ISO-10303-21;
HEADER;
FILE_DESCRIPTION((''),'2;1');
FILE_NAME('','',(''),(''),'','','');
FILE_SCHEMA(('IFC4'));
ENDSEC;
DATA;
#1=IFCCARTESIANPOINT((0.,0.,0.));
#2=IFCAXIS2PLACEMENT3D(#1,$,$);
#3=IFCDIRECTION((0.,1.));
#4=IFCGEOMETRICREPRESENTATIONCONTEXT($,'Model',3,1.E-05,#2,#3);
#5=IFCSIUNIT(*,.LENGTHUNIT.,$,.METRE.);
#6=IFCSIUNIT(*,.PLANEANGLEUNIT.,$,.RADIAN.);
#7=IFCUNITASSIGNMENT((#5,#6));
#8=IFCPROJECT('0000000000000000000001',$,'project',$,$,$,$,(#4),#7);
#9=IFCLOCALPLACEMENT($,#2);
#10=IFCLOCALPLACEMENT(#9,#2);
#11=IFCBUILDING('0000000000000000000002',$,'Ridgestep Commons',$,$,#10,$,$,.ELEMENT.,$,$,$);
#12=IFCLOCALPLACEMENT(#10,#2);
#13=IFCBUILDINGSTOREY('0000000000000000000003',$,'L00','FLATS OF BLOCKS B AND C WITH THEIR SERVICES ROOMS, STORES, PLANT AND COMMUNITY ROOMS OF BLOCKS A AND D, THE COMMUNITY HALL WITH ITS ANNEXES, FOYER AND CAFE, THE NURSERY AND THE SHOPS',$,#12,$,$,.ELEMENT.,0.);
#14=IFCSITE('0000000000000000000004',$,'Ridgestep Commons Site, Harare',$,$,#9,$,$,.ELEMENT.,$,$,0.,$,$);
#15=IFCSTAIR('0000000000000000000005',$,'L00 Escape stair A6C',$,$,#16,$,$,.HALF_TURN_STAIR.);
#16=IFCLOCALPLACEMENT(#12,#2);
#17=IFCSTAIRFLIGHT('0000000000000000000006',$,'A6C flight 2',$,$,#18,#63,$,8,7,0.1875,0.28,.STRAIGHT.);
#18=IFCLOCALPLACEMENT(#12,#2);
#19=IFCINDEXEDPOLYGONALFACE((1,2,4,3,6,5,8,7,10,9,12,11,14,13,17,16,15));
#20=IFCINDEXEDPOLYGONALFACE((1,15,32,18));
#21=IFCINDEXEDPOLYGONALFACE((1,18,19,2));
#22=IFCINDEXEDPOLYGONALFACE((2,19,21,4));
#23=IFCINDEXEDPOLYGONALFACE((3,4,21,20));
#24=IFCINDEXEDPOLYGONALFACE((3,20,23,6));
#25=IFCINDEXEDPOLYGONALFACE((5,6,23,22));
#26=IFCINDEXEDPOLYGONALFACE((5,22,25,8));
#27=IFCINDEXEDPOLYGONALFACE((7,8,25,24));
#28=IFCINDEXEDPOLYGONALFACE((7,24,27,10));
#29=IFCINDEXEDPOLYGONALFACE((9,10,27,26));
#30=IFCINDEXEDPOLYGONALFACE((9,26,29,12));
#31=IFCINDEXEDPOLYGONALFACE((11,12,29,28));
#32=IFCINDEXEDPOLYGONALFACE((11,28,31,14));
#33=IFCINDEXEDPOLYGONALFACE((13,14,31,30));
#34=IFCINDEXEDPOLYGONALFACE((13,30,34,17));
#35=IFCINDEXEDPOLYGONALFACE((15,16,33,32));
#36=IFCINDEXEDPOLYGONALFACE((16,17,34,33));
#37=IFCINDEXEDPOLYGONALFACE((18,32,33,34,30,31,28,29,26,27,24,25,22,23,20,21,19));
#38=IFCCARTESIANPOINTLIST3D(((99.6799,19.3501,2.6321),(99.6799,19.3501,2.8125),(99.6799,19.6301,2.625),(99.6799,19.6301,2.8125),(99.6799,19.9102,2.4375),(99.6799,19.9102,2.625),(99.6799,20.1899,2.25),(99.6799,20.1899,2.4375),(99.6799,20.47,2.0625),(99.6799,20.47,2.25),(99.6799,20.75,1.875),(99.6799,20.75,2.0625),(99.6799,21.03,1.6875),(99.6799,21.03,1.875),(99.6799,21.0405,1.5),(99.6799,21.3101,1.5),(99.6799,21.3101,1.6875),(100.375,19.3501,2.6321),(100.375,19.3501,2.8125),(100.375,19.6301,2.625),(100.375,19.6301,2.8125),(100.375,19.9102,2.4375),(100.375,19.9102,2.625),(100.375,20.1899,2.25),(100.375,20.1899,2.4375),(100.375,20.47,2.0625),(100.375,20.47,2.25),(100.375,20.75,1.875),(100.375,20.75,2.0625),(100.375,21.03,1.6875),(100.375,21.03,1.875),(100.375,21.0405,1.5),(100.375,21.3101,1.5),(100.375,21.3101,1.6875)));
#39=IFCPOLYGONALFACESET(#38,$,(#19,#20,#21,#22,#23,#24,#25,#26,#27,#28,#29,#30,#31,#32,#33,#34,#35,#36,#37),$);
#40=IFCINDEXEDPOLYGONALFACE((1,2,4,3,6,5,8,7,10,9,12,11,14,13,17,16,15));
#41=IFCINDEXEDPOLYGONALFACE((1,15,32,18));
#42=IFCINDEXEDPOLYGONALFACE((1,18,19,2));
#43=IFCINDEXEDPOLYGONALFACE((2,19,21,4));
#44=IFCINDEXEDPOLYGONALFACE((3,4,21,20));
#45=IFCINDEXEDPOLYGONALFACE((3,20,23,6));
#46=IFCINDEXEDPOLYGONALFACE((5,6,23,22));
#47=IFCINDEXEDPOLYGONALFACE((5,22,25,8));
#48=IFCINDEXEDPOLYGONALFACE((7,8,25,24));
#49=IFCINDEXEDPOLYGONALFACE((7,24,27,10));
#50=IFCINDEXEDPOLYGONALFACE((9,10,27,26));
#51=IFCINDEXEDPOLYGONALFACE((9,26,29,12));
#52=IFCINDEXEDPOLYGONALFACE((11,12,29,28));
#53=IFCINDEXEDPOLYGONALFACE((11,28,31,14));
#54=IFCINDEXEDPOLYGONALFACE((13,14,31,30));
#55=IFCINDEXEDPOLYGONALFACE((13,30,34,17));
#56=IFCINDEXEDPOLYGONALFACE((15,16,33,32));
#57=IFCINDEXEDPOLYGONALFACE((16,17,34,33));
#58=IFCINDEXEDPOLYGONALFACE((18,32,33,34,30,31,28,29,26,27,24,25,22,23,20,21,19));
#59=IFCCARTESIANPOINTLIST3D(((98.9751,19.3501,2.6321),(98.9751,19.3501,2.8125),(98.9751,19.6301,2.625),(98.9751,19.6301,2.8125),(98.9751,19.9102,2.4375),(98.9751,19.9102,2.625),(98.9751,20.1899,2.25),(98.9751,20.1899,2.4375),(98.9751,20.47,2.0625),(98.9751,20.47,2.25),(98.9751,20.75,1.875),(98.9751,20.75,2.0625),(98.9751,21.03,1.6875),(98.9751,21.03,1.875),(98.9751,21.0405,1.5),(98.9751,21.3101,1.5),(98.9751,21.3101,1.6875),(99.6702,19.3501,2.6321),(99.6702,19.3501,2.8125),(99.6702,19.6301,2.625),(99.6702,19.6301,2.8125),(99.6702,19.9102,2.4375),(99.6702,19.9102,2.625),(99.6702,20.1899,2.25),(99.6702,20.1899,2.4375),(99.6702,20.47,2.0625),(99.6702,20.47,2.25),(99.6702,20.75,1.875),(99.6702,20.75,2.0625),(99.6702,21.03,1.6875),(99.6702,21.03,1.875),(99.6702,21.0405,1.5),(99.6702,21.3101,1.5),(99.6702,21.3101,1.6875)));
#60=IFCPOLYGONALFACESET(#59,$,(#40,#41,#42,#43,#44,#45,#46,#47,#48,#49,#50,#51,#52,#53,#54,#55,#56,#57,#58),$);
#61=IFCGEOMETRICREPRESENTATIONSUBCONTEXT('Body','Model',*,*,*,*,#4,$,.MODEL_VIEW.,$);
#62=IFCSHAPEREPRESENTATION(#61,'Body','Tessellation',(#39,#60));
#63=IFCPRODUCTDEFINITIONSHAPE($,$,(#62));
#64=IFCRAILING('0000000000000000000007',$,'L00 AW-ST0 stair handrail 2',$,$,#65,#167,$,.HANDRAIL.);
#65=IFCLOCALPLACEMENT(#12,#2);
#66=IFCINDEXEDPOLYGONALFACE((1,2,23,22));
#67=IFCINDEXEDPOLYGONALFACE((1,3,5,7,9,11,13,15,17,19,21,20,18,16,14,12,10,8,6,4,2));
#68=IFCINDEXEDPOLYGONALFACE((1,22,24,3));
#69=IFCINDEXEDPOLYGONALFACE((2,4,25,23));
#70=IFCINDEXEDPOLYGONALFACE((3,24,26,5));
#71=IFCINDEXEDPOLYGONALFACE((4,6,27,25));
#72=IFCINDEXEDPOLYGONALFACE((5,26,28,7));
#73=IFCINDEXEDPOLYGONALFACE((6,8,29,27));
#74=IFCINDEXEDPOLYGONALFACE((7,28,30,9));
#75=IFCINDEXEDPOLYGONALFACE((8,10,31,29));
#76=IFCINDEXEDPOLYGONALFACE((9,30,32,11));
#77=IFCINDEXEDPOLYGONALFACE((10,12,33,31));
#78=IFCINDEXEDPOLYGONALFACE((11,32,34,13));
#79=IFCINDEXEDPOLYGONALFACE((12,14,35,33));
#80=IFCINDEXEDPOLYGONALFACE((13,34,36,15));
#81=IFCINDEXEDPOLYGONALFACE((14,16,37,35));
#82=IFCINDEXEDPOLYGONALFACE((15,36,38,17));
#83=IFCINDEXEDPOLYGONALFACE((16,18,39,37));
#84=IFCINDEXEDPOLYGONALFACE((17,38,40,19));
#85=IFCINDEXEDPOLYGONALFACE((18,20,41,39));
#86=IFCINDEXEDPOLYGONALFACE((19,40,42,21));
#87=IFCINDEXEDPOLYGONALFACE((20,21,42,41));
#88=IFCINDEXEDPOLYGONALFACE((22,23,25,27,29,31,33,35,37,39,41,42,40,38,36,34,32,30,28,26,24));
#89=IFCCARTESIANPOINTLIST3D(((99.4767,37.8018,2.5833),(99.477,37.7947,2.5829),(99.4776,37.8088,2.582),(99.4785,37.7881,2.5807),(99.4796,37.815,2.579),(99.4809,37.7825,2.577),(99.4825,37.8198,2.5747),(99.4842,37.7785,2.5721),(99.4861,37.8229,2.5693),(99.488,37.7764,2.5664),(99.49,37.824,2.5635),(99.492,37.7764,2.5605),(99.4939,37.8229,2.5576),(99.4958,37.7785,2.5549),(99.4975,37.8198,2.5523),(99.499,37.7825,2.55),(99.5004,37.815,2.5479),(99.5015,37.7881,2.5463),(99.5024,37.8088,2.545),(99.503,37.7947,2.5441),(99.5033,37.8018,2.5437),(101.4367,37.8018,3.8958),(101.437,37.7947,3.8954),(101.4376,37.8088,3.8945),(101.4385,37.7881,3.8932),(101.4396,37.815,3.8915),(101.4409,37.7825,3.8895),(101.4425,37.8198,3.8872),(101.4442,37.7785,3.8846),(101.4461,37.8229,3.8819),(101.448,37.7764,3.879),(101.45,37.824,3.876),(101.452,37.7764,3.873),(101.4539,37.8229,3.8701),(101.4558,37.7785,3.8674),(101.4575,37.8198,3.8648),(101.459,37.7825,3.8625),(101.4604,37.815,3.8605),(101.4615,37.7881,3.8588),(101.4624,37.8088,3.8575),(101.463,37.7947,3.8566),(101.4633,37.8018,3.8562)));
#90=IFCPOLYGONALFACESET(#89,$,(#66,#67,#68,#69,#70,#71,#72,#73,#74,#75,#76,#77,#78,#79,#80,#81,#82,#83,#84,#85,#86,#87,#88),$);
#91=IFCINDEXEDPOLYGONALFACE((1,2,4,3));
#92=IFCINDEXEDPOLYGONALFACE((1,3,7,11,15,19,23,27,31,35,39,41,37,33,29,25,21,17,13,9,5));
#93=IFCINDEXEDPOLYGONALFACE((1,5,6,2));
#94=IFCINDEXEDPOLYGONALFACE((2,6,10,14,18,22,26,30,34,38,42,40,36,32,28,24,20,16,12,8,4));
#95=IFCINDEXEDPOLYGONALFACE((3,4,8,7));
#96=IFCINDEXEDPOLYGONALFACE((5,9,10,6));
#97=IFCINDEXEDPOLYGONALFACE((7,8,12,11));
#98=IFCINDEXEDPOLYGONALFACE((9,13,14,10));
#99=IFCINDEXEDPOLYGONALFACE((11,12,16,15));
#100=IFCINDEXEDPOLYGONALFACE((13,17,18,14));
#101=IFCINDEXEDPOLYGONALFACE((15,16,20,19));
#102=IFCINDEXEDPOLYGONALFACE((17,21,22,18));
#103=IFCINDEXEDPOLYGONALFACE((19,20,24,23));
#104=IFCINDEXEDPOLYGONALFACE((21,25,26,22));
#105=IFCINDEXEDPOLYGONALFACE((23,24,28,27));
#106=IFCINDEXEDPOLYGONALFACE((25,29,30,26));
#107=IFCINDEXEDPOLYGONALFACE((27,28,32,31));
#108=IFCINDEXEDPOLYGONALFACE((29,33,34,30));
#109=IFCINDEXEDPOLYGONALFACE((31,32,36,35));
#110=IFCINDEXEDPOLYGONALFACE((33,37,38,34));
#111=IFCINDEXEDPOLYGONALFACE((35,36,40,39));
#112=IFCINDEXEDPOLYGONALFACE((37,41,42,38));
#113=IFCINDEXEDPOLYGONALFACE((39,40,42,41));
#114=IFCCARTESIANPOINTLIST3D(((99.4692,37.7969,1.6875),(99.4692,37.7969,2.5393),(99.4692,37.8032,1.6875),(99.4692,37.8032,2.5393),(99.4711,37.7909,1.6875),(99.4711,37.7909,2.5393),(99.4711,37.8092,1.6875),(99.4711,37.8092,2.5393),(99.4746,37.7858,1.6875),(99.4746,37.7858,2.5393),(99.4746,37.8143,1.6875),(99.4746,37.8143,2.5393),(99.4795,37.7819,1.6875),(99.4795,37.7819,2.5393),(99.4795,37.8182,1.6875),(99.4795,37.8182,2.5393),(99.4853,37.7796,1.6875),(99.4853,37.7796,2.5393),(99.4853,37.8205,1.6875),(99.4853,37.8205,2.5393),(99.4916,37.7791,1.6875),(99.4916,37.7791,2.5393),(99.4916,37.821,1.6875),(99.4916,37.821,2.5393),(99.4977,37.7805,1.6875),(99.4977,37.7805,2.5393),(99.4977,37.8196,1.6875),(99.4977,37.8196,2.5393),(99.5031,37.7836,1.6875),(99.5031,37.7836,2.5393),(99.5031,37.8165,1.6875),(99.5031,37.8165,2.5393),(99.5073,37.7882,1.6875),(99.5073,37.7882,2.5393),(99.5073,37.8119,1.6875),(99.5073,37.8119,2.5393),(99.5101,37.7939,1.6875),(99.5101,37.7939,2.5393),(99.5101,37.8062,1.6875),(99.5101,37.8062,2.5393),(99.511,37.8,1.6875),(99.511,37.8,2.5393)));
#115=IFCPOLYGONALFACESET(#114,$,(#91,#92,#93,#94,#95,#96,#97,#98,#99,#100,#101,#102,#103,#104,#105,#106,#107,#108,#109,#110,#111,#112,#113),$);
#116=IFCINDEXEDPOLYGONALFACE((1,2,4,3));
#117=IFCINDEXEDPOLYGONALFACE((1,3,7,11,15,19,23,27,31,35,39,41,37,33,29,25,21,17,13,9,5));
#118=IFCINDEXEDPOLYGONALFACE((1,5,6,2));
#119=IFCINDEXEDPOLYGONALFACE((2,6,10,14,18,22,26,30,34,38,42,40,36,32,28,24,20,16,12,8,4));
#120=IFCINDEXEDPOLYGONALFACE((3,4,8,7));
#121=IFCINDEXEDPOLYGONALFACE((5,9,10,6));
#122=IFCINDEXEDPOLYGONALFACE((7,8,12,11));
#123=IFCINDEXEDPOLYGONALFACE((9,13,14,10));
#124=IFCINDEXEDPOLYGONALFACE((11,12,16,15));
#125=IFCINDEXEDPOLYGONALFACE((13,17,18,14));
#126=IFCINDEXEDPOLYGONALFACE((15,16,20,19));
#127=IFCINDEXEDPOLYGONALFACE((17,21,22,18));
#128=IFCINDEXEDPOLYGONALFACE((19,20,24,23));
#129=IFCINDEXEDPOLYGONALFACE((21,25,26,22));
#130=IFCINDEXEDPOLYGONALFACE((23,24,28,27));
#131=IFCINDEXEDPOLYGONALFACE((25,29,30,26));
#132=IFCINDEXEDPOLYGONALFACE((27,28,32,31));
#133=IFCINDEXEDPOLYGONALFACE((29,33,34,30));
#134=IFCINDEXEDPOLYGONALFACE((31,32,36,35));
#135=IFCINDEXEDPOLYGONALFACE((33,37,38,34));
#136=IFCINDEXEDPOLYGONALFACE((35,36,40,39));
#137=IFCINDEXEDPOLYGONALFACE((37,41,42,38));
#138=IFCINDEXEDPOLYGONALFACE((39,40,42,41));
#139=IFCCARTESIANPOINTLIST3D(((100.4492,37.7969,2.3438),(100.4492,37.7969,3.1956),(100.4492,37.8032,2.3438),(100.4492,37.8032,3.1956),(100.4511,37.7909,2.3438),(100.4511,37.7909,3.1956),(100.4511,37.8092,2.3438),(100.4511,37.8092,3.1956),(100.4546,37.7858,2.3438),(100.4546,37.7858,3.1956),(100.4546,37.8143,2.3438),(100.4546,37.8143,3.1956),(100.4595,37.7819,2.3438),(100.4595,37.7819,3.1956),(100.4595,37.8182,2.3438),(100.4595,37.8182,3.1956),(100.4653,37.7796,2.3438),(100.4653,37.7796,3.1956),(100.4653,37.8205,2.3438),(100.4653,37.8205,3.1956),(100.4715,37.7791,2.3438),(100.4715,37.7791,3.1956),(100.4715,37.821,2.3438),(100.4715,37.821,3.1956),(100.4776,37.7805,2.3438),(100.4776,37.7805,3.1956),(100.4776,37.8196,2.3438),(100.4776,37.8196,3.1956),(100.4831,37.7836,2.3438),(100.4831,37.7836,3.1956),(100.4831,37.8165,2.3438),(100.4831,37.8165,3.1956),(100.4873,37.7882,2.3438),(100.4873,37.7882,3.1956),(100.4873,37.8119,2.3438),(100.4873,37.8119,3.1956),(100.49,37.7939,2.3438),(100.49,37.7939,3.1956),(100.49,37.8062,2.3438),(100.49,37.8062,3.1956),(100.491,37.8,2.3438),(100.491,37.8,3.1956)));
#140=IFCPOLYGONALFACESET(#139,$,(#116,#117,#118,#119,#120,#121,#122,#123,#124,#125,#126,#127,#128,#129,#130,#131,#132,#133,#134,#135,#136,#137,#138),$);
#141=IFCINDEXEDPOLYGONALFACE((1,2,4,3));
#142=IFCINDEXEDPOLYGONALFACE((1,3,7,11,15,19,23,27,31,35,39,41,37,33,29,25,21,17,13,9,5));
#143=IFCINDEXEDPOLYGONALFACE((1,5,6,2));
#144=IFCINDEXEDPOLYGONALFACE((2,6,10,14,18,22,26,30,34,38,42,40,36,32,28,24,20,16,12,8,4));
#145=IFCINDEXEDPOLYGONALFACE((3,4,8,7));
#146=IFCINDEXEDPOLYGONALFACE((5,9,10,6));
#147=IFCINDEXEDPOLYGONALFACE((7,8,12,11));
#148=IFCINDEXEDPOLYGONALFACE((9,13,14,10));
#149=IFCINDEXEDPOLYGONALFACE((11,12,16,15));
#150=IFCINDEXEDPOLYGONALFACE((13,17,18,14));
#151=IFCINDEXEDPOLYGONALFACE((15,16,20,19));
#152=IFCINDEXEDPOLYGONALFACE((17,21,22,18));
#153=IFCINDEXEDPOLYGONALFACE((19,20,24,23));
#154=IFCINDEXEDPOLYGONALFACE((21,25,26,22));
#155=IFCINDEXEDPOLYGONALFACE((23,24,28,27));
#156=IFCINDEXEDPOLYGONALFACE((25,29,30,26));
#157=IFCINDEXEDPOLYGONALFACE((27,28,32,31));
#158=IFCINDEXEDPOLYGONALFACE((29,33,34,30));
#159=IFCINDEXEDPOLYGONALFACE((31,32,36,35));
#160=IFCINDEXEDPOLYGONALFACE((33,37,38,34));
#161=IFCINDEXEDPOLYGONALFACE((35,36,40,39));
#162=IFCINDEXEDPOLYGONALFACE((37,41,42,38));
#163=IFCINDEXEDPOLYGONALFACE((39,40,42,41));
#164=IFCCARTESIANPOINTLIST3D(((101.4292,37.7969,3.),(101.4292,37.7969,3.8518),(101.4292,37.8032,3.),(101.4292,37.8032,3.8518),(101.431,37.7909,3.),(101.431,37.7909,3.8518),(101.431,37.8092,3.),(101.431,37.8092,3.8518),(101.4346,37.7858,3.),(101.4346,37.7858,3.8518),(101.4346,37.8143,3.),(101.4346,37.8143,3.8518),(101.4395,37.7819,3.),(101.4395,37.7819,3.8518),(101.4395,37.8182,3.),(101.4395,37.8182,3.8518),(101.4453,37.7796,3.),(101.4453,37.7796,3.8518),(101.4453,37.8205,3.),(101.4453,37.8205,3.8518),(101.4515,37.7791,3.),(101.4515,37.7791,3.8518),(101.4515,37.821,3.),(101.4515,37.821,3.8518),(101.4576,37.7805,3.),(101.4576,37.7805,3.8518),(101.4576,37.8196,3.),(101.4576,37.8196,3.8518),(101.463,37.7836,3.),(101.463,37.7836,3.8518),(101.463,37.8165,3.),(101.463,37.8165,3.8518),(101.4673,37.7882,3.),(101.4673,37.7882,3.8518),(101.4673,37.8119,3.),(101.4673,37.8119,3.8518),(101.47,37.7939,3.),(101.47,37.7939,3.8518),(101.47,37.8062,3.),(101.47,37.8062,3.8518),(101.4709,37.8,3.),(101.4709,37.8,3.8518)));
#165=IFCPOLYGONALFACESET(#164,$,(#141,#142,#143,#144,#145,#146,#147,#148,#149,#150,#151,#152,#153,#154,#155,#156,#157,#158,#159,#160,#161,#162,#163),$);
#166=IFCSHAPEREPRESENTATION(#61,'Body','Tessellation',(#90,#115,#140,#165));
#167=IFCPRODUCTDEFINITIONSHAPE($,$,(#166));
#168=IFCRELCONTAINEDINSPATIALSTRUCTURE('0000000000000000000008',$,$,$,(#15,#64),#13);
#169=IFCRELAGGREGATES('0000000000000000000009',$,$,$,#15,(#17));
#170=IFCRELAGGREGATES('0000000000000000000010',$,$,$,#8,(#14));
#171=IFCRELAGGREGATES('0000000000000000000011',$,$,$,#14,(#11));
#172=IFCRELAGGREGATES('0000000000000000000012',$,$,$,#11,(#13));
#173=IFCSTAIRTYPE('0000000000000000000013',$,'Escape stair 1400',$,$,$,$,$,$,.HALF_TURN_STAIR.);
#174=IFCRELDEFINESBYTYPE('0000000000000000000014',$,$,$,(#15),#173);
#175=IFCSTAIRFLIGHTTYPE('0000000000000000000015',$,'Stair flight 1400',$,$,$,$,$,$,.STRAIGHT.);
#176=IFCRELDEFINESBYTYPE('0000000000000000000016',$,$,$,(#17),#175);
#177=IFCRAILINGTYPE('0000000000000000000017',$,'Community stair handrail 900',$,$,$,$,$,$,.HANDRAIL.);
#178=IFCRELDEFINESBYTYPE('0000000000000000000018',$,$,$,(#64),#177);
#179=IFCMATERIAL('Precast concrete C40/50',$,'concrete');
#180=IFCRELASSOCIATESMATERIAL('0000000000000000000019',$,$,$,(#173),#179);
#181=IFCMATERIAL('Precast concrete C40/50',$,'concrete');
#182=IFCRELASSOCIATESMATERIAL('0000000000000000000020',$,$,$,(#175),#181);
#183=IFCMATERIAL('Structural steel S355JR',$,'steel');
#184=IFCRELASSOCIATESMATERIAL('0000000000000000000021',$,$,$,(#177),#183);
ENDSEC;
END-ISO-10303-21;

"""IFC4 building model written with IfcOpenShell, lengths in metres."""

from ifc_helpers import new_model, si_unit, direction, frame, origin, origin_2d, place, context, subcontext, project, spatial, polyline, circle, outline, extrude, material, type_object, element, aggregate, save


model = new_model("IFC4")

# Units and contexts
model_context = context("Model", 3, precision=1e-05, world=origin(), true_north=direction((0.0, 1.0)))
body_context = subcontext(model_context, "Body", "Model", "MODEL_VIEW")
ifc_project = project(units=[si_unit("LENGTHUNIT", "METRE"), si_unit("PLANEANGLEUNIT", "RADIAN")], contexts=[model_context])

# Site, building, storey
site_placement = place(None, origin())
site = spatial("IfcSite", under=ifc_project, at=site_placement, Name="Ridgestep Commons Site, Harare", CompositionType="ELEMENT", RefElevation=0.0)
building_placement = place(site_placement, origin())
building = spatial("IfcBuilding", under=site, at=building_placement, Name="Ridgestep Commons", CompositionType="ELEMENT")
storey_placement = place(building_placement, origin())
storey = spatial("IfcBuildingStorey", under=building, at=storey_placement, Name="L00", Description="FLATS OF BLOCKS B AND C WITH THEIR SERVICES ROOMS, STORES, PLANT AND COMMUNITY ROOMS OF BLOCKS A AND D, THE COMMUNITY HALL WITH ITS ANNEXES, FOYER AND CAFE, THE NURSERY AND THE SHOPS", CompositionType="ELEMENT", Elevation=0.0)

# Stair, stair flight
ifc_material_1 = material(Name="Precast concrete C40/50", Category="concrete")
stair_type = type_object("IfcStairType", Name="Escape stair 1400", PredefinedType="HALF_TURN_STAIR", material=ifc_material_1)
ifc_material_2 = material(Name="Precast concrete C40/50", Category="concrete")
stair_flight_type = type_object("IfcStairFlightType", Name="Stair flight 1400", PredefinedType="STRAIGHT", material=ifc_material_2)
stair_1_placement = place(storey_placement, origin())
stair_1 = element("IfcStair", 1, at=stair_1_placement, inside=storey, type_object=stair_type, Name="L00 Escape stair A6C", PredefinedType="HALF_TURN_STAIR")
stair_flight_1_placement = place(storey_placement, frame((99.675, 21.3101, 1.5), z_axis=(0.0, 0.0, 1.0), x_axis=(0.0, -1.0, 0.0)))
stair_flight_1 = element("IfcStairFlight", 2, at=stair_flight_1_placement, type_object=stair_flight_type, Name="A6C flight 2", NumberOfRisers=8, NumberOfTreads=7, PredefinedType="STRAIGHT", RiserHeight=0.1875, TreadLength=0.28, context=body_context, shape_type="SweptSolid", body=[
    extrude(outline(polyline([(0.0, 0.0), (0.0, 0.1875), (0.28, 0.1875), (0.28, 0.375), (0.5601, 0.375), (0.5601, 0.5625), (0.8401, 0.5625), (0.8401, 0.75), (1.1201, 0.75), (1.1201, 0.9375), (1.3999, 0.9375), (1.3999, 1.125), (1.6799, 1.125), (1.6799, 1.3125), (1.96, 1.3125), (1.96, 1.5), (1.96, 1.1321), (0.2695, 0.0), (0.0, 0.0)])), frame((0.0, 0.7, 0.0), z_axis=(0.0, -1.0, 0.0), x_axis=(1.0, 0.0, 0.0)), (0.0, 0.0, 1.0), 0.6951),
    extrude(outline(polyline([(0.0, 0.0), (0.0, 0.1875), (0.28, 0.1875), (0.28, 0.375), (0.5601, 0.375), (0.5601, 0.5625), (0.8401, 0.5625), (0.8401, 0.75), (1.1201, 0.75), (1.1201, 0.9375), (1.3999, 0.9375), (1.3999, 1.125), (1.6799, 1.125), (1.6799, 1.3125), (1.96, 1.3125), (1.96, 1.5), (1.96, 1.1321), (0.2695, 0.0), (0.0, 0.0)])), frame((0.0, -0.0049, 0.0), z_axis=(0.0, -1.0, 0.0), x_axis=(1.0, 0.0, 0.0)), (0.0, 0.0, 1.0), 0.6951),
])
aggregate(stair_1, [stair_flight_1])

# Railing
ifc_material_3 = material(Name="Structural steel S355JR", Category="steel")
railing_type_1 = type_object("IfcRailingType", Name="Community stair handrail 900", PredefinedType="HANDRAIL", material=ifc_material_3)
railing_1_placement = place(storey_placement, frame((99.49, 37.8, 1.6875)))
element("IfcRailing", 3, at=railing_1_placement, inside=storey, type_object=railing_type_1, Name="L00 AW-ST0 stair handrail 2", PredefinedType="HANDRAIL", context=body_context, shape_type="SweptSolid", body=[
    extrude(circle(Radius=0.0239, at=origin_2d()), frame((0.0, 0.0, 0.876), z_axis=(0.830902, 0.0, 0.556419), x_axis=(0.0, 1.0, 0.0)), (0.0, 0.0, 1.0), 2.3589),
    extrude(circle(Radius=0.021, at=origin_2d()), origin(), (0.0, 0.0, 1.0), 0.8518),
    extrude(circle(Radius=0.021, at=origin_2d()), frame((0.98, 0.0, 0.6562)), (0.0, 0.0, 1.0), 0.8518),
    extrude(circle(Radius=0.021, at=origin_2d()), frame((1.96, 0.0, 1.3125)), (0.0, 0.0, 1.0), 0.8518),
])

save(model, "model.ifc")
